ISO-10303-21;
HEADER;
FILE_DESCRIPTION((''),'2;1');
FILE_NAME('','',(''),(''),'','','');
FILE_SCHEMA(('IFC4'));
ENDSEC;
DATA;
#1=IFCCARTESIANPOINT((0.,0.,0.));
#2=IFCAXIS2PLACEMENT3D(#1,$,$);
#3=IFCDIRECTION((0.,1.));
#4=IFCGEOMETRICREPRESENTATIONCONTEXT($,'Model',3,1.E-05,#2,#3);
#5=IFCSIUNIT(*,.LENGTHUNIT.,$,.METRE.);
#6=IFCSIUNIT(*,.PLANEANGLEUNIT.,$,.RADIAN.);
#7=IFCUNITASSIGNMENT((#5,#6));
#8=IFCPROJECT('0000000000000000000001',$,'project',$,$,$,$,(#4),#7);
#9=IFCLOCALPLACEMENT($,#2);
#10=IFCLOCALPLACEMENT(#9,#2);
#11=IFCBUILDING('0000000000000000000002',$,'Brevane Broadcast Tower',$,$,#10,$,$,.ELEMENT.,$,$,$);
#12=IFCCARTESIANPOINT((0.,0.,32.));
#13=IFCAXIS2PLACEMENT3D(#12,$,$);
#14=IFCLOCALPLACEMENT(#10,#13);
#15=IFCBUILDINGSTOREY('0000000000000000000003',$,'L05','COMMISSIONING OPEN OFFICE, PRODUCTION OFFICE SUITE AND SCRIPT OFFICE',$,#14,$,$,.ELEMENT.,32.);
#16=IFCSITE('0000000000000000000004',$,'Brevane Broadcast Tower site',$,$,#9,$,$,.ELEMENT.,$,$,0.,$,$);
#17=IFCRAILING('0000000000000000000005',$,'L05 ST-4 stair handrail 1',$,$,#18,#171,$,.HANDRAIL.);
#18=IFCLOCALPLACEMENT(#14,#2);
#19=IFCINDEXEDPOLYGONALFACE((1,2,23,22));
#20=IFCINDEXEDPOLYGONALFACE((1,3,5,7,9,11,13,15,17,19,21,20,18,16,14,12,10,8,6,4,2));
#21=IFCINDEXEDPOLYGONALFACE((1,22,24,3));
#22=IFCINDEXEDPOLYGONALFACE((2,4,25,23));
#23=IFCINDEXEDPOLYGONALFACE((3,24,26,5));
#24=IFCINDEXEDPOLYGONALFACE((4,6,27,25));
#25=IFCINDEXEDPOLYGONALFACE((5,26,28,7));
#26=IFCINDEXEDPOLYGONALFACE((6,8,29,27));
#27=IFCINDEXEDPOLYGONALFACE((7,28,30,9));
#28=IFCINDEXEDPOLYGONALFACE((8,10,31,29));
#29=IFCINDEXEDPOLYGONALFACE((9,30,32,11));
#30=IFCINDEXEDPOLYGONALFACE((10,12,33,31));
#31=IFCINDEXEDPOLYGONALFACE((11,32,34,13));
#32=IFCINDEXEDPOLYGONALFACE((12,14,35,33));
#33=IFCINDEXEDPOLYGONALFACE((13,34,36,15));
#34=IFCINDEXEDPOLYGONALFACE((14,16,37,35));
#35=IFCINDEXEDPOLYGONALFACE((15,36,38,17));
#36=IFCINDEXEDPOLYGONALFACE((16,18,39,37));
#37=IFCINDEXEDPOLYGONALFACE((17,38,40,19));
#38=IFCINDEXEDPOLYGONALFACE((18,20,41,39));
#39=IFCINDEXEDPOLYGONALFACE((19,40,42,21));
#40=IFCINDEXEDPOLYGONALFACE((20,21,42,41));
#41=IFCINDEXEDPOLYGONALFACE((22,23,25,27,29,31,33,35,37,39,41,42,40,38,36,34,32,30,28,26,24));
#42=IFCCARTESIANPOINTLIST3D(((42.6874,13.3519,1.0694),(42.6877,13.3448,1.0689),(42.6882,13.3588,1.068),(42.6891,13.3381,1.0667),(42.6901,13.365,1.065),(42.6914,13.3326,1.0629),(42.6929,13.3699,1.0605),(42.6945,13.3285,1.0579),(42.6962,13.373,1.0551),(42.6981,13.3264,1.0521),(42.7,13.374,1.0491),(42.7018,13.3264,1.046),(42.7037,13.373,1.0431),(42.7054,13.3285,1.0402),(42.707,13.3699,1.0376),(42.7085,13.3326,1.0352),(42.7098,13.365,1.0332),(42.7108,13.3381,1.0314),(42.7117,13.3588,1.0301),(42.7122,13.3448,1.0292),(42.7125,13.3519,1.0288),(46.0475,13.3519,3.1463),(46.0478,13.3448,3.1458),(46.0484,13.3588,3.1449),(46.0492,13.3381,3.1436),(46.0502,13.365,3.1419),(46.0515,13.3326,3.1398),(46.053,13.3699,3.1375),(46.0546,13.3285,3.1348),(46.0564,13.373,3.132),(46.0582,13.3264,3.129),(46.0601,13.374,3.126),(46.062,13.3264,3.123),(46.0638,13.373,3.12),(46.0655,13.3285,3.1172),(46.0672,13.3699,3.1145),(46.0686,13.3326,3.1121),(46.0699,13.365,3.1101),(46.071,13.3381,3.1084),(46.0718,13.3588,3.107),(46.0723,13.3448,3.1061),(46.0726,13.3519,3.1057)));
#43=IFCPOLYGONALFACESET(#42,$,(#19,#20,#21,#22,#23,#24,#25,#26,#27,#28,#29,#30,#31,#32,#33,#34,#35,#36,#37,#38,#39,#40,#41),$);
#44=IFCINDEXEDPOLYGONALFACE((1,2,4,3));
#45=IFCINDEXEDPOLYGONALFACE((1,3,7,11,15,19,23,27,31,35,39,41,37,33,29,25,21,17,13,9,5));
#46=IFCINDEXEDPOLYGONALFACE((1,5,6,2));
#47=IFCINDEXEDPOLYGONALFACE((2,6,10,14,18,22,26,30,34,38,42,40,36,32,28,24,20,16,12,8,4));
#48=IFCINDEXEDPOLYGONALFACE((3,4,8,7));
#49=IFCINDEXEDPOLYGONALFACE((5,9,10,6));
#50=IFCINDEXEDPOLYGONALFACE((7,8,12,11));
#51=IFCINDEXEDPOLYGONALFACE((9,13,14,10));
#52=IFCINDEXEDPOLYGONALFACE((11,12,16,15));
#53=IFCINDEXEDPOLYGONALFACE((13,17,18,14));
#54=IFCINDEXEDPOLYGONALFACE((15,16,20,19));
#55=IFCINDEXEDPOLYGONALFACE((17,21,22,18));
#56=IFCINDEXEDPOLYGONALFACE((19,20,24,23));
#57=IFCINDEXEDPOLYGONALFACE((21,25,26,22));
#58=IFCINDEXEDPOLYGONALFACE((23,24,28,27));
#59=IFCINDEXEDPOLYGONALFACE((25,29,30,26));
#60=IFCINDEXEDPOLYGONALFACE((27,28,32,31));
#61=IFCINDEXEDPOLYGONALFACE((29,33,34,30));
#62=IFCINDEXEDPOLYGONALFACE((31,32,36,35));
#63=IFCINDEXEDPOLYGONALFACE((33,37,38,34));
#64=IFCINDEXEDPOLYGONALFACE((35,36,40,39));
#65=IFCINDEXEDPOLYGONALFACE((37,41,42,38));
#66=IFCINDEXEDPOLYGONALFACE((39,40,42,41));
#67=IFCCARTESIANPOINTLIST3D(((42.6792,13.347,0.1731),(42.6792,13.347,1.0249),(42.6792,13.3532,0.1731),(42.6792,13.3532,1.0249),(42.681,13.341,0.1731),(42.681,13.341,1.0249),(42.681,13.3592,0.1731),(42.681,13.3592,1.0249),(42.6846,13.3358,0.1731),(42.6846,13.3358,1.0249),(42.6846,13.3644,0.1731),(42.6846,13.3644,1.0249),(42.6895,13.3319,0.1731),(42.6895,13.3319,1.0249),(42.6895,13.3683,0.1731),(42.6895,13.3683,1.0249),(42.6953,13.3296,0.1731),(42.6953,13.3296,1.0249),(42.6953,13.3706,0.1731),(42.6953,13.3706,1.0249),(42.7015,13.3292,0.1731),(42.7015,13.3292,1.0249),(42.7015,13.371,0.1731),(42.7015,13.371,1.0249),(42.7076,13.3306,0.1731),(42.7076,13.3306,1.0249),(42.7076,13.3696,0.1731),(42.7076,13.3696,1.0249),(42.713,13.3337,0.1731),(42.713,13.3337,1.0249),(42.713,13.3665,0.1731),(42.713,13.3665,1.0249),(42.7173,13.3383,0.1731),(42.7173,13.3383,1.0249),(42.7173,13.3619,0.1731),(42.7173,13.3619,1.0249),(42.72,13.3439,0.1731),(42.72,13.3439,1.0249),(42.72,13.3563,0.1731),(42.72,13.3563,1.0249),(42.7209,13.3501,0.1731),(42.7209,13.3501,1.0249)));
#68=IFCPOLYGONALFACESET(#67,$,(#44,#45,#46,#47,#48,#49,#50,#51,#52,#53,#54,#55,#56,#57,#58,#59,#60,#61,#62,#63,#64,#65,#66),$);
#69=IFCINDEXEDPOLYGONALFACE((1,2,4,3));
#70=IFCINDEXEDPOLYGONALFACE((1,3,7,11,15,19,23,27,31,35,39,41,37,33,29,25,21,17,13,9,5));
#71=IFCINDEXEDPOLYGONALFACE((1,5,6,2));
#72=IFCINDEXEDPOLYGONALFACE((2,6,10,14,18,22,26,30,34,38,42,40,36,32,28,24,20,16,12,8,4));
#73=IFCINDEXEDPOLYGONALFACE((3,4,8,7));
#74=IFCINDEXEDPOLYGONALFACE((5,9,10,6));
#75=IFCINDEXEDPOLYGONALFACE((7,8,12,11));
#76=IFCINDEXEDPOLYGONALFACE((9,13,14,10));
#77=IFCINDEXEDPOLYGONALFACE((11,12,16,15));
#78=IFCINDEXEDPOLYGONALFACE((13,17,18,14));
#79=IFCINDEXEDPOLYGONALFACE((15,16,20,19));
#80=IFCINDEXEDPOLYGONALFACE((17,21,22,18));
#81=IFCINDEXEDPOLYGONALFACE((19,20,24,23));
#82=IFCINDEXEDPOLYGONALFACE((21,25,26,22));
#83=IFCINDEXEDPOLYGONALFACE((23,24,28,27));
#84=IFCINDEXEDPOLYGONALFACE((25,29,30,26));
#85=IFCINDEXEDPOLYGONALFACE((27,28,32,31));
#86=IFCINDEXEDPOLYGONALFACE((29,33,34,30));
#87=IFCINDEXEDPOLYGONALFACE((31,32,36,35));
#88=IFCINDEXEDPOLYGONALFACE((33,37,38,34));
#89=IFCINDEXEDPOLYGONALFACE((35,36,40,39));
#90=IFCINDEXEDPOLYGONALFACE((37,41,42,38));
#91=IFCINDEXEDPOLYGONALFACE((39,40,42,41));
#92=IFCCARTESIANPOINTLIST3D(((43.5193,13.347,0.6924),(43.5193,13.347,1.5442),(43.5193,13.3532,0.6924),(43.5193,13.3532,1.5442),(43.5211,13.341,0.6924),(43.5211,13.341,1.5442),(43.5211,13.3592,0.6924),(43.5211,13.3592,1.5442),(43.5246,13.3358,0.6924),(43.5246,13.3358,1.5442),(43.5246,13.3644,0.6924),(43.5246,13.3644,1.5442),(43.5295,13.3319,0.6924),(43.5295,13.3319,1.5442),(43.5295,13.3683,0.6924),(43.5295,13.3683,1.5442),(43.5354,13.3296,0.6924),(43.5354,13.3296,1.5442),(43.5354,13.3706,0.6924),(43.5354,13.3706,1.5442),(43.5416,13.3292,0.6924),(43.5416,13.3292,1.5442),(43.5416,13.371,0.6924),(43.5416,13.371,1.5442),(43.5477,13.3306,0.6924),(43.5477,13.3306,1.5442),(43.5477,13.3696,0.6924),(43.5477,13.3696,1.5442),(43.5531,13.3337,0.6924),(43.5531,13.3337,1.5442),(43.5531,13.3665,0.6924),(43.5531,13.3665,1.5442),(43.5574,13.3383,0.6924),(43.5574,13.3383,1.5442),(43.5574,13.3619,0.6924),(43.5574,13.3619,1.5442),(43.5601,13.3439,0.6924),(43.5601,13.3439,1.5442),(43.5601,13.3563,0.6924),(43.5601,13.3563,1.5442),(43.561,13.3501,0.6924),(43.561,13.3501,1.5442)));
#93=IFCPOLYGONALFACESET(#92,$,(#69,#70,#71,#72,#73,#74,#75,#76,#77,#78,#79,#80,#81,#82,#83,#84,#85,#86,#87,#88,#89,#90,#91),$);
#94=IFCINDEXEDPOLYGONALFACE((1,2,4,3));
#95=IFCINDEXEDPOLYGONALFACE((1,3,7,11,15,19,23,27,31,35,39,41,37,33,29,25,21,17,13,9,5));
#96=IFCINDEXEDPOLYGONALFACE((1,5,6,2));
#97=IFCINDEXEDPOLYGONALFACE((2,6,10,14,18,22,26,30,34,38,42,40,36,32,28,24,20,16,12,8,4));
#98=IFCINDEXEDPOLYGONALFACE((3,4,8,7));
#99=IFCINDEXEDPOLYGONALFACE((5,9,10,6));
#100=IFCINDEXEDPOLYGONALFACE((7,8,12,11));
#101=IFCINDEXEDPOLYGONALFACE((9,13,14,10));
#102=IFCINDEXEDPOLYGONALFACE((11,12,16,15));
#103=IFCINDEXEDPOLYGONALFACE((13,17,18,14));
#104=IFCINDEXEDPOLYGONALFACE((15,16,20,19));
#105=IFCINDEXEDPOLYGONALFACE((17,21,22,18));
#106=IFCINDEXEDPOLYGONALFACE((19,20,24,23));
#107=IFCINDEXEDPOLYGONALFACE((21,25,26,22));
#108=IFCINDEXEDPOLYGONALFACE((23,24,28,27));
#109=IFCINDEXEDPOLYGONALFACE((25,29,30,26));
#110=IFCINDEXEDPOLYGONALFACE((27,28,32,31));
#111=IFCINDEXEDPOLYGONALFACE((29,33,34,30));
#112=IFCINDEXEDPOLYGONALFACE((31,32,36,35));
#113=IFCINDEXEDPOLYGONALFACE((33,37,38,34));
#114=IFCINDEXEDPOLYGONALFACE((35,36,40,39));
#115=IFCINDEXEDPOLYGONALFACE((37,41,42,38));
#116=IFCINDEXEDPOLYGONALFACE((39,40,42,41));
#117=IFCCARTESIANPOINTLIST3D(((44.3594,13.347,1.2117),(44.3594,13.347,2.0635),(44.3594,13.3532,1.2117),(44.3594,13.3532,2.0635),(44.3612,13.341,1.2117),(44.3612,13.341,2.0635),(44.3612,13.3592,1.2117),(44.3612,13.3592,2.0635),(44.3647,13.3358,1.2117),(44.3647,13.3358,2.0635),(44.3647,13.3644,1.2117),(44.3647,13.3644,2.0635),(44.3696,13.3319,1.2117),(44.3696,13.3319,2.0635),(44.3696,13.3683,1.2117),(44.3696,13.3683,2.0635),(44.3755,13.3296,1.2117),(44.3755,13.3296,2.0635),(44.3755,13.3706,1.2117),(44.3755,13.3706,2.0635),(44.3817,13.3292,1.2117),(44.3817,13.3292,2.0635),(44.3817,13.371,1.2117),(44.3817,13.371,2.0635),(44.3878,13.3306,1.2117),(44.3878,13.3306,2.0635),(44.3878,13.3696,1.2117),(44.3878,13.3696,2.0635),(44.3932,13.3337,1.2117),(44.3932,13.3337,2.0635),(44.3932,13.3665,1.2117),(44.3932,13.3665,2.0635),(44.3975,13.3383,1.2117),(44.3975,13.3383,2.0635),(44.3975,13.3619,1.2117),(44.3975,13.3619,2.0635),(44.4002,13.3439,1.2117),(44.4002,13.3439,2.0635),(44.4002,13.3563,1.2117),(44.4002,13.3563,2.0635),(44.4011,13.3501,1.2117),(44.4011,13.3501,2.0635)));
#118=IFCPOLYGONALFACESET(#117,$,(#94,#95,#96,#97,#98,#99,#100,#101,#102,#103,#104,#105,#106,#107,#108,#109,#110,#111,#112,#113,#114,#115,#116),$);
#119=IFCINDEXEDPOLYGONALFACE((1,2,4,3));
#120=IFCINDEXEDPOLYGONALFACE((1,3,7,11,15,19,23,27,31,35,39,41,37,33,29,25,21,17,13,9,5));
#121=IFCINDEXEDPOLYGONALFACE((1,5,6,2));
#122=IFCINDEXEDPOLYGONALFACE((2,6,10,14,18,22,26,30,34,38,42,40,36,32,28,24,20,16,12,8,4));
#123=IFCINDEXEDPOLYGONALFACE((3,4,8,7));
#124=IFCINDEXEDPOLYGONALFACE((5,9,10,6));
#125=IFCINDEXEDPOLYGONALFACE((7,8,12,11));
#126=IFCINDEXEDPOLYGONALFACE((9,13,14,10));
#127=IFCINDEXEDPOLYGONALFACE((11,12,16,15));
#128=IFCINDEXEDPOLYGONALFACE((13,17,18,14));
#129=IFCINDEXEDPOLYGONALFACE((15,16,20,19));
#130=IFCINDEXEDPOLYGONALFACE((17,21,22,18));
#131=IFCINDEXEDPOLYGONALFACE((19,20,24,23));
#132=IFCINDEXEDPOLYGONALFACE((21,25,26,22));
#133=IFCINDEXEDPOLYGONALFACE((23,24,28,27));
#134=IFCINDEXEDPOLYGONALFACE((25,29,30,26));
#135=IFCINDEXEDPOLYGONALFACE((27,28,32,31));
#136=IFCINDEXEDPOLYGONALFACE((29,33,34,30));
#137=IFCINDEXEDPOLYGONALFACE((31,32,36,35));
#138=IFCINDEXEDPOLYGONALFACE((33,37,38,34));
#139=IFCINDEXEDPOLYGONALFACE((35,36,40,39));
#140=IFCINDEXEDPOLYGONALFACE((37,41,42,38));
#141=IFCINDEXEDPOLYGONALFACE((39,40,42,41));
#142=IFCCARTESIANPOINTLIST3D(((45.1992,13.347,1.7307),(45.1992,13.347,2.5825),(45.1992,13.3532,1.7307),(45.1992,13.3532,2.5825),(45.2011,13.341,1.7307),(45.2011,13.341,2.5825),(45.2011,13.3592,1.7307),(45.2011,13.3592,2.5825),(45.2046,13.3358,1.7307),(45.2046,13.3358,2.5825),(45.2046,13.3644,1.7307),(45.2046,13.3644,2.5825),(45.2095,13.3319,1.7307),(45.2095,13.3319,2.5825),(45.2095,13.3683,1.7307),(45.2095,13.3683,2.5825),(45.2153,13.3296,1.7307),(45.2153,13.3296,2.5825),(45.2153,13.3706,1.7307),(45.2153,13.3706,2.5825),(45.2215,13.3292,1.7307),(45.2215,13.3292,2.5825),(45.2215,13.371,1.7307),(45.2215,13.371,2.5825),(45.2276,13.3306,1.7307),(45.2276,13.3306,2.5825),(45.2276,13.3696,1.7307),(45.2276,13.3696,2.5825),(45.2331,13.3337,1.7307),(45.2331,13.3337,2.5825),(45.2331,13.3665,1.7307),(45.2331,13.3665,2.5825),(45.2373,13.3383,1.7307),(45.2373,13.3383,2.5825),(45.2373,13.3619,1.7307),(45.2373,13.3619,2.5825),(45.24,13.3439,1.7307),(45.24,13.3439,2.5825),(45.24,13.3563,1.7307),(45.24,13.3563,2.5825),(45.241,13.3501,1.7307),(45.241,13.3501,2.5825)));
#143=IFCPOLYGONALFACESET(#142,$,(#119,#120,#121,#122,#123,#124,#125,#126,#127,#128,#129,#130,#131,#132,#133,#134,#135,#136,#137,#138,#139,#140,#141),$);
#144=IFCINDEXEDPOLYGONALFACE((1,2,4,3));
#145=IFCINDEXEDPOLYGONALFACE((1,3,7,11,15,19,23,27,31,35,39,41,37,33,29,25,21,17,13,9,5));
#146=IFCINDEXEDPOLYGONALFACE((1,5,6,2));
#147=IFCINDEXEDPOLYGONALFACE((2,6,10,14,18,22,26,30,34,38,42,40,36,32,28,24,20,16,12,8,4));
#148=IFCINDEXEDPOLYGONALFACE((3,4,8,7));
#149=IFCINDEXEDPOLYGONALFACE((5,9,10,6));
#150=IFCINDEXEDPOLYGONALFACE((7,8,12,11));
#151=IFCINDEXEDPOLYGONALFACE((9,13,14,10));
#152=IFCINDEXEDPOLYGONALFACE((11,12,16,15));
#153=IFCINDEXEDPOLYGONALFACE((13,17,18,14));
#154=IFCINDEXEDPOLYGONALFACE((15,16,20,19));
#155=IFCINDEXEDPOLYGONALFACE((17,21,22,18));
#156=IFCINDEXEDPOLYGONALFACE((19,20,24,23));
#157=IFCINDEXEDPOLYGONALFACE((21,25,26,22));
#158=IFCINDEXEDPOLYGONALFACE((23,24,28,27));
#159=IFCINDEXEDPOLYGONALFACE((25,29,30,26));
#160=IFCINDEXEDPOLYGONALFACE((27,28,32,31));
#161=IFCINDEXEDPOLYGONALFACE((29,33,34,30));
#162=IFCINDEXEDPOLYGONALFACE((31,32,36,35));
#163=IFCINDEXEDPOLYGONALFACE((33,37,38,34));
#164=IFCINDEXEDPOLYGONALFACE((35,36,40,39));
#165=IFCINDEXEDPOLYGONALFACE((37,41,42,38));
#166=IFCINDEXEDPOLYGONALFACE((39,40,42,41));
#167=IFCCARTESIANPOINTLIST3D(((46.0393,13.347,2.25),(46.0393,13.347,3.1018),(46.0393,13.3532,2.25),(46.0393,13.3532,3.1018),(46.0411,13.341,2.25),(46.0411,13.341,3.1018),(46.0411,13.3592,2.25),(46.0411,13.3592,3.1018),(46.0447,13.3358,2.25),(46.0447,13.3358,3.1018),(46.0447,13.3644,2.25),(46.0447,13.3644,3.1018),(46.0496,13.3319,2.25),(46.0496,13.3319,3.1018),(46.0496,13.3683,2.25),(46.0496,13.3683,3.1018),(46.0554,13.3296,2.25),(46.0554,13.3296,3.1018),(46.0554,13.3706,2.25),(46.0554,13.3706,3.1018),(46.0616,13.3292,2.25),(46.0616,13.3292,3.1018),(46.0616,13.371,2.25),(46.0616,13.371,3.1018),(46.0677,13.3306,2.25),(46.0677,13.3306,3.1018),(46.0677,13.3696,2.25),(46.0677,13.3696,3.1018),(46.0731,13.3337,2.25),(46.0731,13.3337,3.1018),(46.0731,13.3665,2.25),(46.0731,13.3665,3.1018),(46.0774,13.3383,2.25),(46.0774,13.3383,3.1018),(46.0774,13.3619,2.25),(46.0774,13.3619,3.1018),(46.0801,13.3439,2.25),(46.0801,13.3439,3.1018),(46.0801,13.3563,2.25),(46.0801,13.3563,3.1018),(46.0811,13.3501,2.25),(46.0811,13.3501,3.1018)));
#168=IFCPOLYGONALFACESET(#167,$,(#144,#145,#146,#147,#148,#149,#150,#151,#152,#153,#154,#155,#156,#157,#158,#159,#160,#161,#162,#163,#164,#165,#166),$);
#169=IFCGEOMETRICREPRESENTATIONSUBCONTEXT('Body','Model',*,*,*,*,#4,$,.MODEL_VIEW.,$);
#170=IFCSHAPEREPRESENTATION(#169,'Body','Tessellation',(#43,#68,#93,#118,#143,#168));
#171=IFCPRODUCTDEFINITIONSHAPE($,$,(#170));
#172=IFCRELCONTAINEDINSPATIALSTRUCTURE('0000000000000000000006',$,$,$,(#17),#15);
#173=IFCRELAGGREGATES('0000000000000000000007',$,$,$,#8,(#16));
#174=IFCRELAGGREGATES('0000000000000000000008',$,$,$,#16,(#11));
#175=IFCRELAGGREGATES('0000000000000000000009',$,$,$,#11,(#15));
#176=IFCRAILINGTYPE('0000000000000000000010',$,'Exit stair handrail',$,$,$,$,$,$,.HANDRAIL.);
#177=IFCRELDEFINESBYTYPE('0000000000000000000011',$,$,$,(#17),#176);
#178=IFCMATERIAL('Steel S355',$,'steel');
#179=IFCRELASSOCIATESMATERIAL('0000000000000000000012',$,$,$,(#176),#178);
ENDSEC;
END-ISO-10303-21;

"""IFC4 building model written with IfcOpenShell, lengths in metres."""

from ifc_helpers import new_model, si_unit, direction, frame, origin, origin_2d, place, context, subcontext, project, spatial, circle, extrude, material, type_object, element, save


model = new_model("IFC4")

# Units and contexts
model_context = context("Model", 3, precision=1e-05, world=origin(), true_north=direction((0.0, 1.0)))
body_context = subcontext(model_context, "Body", "Model", "MODEL_VIEW")
ifc_project = project(units=[si_unit("LENGTHUNIT", "METRE"), si_unit("PLANEANGLEUNIT", "RADIAN")], contexts=[model_context])

# Site, building, storey
site_placement = place(None, origin())
site = spatial("IfcSite", under=ifc_project, at=site_placement, Name="Brevane Broadcast Tower site", CompositionType="ELEMENT", RefElevation=0.0)
building_placement = place(site_placement, origin())
building = spatial("IfcBuilding", under=site, at=building_placement, Name="Brevane Broadcast Tower", CompositionType="ELEMENT")
storey_placement = place(building_placement, frame((0.0, 0.0, 32.0)))
storey = spatial("IfcBuildingStorey", under=building, at=storey_placement, Name="L05", Description="COMMISSIONING OPEN OFFICE, PRODUCTION OFFICE SUITE AND SCRIPT OFFICE", CompositionType="ELEMENT", Elevation=32.0)

# Railing
ifc_material_1 = material(Name="Steel S355", Category="steel")
railing_type_1 = type_object("IfcRailingType", Name="Exit stair handrail", PredefinedType="HANDRAIL", material=ifc_material_1)
railing_1_placement = place(storey_placement, frame((42.7, 13.3501, 0.1731)))
element("IfcRailing", 1, at=railing_1_placement, inside=storey, type_object=railing_type_1, Name="L05 ST-4 stair handrail 1", PredefinedType="HANDRAIL", context=body_context, shape_type="SweptSolid", body=[
    extrude(circle(Radius=0.0239, at=origin_2d()), frame((0.0, 0.0, 0.876), z_axis=(0.850623, 0.0, 0.525776), x_axis=(0.0, 1.0, 0.0)), (0.0, 0.0, 1.0), 3.9502),
    extrude(circle(Radius=0.021, at=origin_2d()), origin(), (0.0, 0.0, 1.0), 0.8518),
    extrude(circle(Radius=0.021, at=origin_2d()), frame((0.8401, 0.0, 0.5193)), (0.0, 0.0, 1.0), 0.8518),
    extrude(circle(Radius=0.021, at=origin_2d()), frame((1.6802, 0.0, 1.0386)), (0.0, 0.0, 1.0), 0.8518),
    extrude(circle(Radius=0.021, at=origin_2d()), frame((2.52, 0.0, 1.5576)), (0.0, 0.0, 1.0), 0.8518),
    extrude(circle(Radius=0.021, at=origin_2d()), frame((3.3601, 0.0, 2.0769)), (0.0, 0.0, 1.0), 0.8518),
])

save(model, "model.ifc")
